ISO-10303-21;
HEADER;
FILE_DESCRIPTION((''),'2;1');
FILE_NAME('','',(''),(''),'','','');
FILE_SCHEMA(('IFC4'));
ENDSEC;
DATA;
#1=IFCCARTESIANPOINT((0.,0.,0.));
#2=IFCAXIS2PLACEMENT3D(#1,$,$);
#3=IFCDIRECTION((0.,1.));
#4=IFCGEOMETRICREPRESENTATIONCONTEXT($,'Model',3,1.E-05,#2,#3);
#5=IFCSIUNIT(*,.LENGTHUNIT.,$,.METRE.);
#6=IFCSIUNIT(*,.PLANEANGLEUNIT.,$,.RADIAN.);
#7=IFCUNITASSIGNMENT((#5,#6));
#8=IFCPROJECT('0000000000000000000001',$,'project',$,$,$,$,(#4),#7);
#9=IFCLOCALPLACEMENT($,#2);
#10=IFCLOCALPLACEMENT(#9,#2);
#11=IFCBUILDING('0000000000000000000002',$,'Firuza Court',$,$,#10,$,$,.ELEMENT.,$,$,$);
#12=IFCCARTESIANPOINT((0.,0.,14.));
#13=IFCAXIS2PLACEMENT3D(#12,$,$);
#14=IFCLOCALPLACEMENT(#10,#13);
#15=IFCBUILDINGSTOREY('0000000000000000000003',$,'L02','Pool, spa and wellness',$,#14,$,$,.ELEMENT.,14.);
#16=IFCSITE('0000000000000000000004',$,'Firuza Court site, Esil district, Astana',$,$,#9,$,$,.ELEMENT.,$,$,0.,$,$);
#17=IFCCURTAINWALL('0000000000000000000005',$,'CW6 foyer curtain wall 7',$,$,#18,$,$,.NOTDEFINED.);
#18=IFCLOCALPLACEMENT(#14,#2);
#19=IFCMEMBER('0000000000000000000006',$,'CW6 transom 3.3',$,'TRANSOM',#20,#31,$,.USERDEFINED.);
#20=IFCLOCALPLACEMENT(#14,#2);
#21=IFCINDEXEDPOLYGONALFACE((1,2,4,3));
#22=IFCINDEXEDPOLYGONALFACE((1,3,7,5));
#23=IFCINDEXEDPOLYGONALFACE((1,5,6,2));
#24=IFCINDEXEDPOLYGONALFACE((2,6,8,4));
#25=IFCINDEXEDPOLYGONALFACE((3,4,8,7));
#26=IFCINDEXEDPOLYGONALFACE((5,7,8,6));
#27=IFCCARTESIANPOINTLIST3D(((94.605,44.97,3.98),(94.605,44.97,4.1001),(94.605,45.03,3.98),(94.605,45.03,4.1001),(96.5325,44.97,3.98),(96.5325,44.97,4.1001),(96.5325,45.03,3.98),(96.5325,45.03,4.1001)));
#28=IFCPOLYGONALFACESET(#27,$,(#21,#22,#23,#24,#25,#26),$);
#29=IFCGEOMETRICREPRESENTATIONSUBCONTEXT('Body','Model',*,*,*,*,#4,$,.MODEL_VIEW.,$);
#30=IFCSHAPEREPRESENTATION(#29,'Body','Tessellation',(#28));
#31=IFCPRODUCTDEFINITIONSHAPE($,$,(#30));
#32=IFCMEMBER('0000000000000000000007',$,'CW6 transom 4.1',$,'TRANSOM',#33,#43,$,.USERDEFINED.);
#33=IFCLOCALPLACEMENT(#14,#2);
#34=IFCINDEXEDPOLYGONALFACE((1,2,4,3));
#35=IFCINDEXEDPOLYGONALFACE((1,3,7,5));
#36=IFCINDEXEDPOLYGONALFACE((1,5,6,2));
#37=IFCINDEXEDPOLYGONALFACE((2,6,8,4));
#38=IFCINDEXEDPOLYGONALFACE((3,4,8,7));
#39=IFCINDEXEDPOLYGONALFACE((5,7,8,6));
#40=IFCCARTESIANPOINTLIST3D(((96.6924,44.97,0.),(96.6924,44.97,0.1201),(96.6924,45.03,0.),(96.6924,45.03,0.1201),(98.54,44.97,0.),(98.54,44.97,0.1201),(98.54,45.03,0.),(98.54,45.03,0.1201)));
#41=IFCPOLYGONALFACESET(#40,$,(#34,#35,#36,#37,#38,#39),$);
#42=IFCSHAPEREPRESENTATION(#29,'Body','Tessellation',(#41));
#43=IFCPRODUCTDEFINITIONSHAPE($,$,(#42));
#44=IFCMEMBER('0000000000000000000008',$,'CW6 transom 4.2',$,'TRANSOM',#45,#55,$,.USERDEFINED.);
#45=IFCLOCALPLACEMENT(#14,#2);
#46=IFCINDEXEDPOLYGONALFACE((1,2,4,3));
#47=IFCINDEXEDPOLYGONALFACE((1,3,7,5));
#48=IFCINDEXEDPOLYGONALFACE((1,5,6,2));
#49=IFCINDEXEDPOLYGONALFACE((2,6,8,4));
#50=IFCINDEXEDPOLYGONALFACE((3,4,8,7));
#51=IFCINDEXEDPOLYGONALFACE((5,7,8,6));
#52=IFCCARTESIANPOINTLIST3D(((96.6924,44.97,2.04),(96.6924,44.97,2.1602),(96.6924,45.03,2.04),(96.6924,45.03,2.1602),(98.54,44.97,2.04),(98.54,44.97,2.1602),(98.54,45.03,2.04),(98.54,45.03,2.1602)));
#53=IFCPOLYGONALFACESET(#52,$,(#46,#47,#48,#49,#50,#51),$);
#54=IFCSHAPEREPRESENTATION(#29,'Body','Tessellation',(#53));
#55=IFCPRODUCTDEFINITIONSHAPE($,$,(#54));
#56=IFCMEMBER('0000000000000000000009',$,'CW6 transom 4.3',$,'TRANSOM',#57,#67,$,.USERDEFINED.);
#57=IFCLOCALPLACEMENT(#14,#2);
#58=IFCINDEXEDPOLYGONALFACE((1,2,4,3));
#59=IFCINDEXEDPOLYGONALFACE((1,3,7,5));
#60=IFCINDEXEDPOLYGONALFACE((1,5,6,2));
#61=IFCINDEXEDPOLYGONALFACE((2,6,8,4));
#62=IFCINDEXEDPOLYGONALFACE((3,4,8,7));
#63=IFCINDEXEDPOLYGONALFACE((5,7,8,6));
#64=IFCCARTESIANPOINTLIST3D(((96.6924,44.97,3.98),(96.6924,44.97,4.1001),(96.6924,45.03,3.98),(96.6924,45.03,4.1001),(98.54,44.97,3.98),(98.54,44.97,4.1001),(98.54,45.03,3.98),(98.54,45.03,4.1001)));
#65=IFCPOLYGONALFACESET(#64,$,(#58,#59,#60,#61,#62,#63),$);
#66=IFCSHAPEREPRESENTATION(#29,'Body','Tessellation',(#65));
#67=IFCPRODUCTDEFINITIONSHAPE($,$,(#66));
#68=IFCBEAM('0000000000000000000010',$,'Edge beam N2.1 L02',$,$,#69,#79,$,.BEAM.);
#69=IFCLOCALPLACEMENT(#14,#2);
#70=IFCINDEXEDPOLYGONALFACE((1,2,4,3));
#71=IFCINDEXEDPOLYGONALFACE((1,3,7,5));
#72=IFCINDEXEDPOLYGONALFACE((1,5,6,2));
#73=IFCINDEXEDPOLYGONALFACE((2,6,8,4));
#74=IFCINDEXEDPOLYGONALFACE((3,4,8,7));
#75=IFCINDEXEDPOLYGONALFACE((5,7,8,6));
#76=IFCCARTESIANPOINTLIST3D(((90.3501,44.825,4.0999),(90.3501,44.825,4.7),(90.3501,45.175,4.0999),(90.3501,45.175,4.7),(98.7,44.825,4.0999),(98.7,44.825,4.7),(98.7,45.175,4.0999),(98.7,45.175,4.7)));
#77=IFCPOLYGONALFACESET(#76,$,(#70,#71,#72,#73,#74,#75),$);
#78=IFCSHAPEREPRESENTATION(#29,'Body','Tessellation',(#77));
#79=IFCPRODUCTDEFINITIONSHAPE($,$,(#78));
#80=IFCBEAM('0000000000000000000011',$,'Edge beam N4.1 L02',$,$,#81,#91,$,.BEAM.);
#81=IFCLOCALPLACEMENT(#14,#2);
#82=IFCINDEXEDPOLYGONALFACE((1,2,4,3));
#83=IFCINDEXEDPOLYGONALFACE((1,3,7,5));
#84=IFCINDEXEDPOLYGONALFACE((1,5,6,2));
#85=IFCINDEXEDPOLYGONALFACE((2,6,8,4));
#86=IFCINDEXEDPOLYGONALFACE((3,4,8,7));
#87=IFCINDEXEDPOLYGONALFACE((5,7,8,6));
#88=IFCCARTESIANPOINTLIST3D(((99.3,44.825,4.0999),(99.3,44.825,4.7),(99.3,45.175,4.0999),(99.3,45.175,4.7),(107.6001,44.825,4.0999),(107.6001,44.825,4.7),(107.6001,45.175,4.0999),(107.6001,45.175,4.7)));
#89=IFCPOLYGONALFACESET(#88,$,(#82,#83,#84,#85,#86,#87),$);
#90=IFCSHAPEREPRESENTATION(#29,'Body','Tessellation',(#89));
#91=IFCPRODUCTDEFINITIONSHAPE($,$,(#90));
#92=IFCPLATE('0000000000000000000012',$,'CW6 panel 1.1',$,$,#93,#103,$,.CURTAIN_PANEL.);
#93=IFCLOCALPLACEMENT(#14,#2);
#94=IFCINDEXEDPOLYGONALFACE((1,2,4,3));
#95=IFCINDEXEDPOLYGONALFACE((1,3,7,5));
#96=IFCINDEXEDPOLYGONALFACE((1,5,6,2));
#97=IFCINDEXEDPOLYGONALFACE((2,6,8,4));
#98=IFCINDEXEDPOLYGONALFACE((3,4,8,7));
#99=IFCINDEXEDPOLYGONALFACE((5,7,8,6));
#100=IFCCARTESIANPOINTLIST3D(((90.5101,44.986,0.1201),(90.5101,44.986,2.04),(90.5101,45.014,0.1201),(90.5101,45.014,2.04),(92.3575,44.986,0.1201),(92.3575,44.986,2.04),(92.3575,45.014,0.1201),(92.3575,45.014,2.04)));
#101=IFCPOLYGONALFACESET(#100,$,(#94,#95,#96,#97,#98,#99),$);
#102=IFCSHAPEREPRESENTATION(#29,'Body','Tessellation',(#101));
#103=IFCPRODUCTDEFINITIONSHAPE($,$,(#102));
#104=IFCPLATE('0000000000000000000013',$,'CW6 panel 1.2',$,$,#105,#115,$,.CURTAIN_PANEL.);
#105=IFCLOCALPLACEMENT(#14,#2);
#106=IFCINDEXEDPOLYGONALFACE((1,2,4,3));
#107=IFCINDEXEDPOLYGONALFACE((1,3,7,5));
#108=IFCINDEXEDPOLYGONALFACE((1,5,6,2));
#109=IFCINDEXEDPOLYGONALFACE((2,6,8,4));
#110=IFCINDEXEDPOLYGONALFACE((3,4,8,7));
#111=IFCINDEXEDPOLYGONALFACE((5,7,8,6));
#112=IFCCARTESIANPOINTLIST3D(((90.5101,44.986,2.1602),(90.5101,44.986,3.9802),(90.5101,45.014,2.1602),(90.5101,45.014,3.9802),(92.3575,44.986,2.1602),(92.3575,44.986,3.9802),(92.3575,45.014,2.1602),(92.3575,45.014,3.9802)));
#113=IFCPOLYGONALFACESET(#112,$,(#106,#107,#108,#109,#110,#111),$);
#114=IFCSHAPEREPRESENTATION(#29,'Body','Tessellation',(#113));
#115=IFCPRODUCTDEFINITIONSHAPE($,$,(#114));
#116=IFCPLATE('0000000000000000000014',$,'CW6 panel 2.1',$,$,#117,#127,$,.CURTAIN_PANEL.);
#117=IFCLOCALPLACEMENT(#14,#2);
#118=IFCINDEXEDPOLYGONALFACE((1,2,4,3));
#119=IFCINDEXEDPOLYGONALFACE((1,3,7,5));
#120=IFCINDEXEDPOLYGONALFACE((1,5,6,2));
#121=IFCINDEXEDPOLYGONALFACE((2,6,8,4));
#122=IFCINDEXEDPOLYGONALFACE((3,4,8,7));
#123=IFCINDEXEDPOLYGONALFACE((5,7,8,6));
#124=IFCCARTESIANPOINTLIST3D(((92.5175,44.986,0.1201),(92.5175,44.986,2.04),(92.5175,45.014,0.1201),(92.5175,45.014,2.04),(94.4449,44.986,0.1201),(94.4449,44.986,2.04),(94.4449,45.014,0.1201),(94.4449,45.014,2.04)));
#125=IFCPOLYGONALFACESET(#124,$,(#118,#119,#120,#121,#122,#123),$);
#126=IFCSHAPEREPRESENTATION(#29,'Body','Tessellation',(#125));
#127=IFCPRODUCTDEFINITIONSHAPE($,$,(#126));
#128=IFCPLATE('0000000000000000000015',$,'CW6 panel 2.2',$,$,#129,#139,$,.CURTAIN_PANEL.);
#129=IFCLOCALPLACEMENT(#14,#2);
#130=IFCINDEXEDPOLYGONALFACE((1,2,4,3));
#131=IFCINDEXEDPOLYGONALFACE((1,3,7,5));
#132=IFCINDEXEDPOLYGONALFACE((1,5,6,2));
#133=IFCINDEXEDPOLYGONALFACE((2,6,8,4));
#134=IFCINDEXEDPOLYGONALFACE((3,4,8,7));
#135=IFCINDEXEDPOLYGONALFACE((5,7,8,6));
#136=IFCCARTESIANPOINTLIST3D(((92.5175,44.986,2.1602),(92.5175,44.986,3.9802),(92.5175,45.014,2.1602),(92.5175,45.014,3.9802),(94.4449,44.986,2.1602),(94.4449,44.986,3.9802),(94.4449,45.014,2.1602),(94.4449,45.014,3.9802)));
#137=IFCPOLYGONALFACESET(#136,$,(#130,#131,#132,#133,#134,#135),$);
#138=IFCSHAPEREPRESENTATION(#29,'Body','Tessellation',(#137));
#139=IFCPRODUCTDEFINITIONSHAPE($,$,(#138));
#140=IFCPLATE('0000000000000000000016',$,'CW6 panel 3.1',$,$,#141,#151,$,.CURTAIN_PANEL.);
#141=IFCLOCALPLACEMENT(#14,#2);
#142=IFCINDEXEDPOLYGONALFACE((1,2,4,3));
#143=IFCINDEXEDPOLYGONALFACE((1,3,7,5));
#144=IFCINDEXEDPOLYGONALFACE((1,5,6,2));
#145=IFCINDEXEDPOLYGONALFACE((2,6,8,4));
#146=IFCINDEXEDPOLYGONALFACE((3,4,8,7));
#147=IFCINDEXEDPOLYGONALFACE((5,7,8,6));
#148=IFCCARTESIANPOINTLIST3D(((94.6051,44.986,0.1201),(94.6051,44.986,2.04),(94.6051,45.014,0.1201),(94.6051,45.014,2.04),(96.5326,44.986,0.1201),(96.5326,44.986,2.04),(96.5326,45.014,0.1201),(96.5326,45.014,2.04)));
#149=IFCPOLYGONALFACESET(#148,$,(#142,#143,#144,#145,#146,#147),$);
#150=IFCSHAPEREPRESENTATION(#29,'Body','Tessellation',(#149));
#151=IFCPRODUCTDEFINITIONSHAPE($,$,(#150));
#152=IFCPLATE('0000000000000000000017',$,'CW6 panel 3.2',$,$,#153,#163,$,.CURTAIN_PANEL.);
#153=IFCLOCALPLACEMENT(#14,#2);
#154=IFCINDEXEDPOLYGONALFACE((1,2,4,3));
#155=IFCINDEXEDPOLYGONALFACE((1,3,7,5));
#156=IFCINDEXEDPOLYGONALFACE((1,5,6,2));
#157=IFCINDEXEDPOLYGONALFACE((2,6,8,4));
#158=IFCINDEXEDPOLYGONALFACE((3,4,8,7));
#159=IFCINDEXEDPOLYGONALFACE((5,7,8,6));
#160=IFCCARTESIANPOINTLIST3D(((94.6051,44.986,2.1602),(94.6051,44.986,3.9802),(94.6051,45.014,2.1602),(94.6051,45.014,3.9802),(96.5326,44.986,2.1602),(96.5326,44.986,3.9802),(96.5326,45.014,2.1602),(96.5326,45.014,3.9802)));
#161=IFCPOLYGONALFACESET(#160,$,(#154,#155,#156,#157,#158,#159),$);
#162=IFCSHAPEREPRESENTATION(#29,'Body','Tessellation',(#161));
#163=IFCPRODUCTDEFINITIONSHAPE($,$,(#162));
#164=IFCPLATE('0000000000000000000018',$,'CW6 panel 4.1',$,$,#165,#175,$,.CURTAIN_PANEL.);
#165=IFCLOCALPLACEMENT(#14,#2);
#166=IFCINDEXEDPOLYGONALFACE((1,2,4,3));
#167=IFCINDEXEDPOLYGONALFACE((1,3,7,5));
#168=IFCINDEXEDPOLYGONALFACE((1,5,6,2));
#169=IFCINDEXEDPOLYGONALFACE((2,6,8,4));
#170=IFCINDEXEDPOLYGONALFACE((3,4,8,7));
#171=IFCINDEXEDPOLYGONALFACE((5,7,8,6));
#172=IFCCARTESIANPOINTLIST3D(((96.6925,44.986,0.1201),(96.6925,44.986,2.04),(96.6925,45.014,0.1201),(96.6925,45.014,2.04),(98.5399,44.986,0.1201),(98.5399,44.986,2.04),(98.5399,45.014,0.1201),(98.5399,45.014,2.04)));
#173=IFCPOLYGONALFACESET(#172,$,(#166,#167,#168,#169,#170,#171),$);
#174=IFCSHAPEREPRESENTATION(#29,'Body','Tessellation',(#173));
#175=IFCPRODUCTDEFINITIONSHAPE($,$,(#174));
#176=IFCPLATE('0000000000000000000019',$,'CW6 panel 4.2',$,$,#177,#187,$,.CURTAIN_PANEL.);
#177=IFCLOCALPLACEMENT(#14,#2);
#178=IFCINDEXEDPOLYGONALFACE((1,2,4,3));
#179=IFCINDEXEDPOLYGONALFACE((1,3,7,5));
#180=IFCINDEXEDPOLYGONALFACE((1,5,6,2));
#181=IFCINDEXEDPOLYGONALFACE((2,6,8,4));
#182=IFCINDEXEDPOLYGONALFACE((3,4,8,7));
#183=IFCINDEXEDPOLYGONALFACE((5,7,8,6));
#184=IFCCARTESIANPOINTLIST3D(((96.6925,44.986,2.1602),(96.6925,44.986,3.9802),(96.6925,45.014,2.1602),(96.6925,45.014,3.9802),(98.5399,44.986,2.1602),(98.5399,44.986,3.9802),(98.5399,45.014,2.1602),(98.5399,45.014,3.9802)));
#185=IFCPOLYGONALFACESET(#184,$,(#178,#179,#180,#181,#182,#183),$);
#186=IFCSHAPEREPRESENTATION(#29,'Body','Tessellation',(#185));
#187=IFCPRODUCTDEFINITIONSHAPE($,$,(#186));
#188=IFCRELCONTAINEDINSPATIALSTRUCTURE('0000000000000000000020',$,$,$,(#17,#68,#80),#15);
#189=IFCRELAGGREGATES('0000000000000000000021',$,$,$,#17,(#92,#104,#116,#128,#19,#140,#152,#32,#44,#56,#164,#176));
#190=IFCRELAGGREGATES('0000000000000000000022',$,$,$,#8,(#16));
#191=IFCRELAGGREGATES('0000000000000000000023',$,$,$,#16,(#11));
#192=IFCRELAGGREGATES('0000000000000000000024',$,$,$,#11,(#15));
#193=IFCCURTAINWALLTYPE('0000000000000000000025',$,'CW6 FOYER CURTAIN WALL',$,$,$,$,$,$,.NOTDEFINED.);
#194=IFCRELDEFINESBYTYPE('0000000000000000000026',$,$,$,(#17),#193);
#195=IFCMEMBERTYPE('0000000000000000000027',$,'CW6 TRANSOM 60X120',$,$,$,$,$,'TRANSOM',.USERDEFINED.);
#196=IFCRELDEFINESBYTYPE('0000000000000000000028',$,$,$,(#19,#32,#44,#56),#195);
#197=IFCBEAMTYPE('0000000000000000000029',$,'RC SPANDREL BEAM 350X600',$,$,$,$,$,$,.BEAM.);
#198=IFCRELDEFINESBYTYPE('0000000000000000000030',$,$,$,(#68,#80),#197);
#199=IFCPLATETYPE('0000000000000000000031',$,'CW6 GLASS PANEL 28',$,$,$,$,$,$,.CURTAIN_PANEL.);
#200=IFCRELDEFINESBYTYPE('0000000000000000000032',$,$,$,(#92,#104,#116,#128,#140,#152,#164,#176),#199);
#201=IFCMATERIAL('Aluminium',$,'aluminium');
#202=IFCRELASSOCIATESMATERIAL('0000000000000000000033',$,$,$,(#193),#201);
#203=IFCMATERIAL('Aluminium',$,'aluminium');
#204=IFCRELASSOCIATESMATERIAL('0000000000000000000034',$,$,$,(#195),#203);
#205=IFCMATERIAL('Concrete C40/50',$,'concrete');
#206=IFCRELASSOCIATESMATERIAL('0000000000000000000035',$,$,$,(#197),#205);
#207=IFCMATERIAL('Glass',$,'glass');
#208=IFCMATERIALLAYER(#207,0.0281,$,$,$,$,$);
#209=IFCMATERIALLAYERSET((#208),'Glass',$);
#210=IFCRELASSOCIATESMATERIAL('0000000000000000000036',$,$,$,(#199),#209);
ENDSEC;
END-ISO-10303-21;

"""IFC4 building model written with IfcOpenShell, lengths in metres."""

from ifc_helpers import new_model, si_unit, direction, frame, origin, origin_2d, place, context, subcontext, project, spatial, rectangle, extrude, material, layer, layer_set, material_profile, profile_set, type_object, element, aggregate, save


model = new_model("IFC4")

# Units and contexts
model_context = context("Model", 3, precision=1e-05, world=origin(), true_north=direction((0.0, 1.0)))
body_context = subcontext(model_context, "Body", "Model", "MODEL_VIEW")
ifc_project = project(units=[si_unit("LENGTHUNIT", "METRE"), si_unit("PLANEANGLEUNIT", "RADIAN")], contexts=[model_context])

# Site, building, storey
site_placement = place(None, origin())
site = spatial("IfcSite", under=ifc_project, at=site_placement, Name="Firuza Court site, Esil district, Astana", CompositionType="ELEMENT", RefElevation=0.0)
building_placement = place(site_placement, origin())
building = spatial("IfcBuilding", under=site, at=building_placement, Name="Firuza Court", CompositionType="ELEMENT")
storey_placement = place(building_placement, frame((0.0, 0.0, 14.0)))
storey = spatial("IfcBuildingStorey", under=building, at=storey_placement, Name="L02", Description="Pool, spa and wellness", CompositionType="ELEMENT", Elevation=14.0)

# Curtain wall, members
ifc_material_1 = material(Name="Aluminium", Category="aluminium")
curtain_wall_type = type_object("IfcCurtainWallType", Name="CW6 FOYER CURTAIN WALL", PredefinedType="NOTDEFINED", material=ifc_material_1)
curtain_wall_placement = place(storey_placement, origin())
curtain_wall = element("IfcCurtainWall", 1, at=curtain_wall_placement, inside=storey, type_object=curtain_wall_type, Name="CW6 foyer curtain wall 7", PredefinedType="NOTDEFINED")
ifc_material_2 = material(Name="Aluminium", Category="aluminium")
ifc_material_profile_1 = material_profile(ifc_material_2, rectangle(XDim=0.0601, YDim=0.1201, at=origin_2d()), Name="TRANSOM 60X120")
ifc_profile_set_1 = profile_set([ifc_material_profile_1], Name="Aluminium")
member_type_1 = type_object("IfcMemberType", Name="CW6 TRANSOM 60X120", ElementType="TRANSOM", PredefinedType="USERDEFINED", material=ifc_profile_set_1)
member_1_placement = place(storey_placement, frame((94.605, 45.0, 4.04), z_axis=(1.0, 0.0, 0.0), x_axis=(0.0, 1.0, 0.0)))
member_1 = element("IfcMember", 2, at=member_1_placement, type_object=member_type_1, Name="CW6 transom 3.3", ObjectType="TRANSOM", PredefinedType="USERDEFINED", context=body_context, shape_type="SweptSolid", body=[
    extrude(rectangle(XDim=0.0601, YDim=0.1201, at=origin_2d()), origin(), (0.0, 0.0, 1.0), 1.9275),
])
member_2_placement = place(storey_placement, frame((96.6924, 45.0, 0.0601), z_axis=(1.0, 0.0, 0.0), x_axis=(0.0, 1.0, 0.0)))
member_2 = element("IfcMember", 3, at=member_2_placement, type_object=member_type_1, Name="CW6 transom 4.1", ObjectType="TRANSOM", PredefinedType="USERDEFINED", context=body_context, shape_type="SweptSolid", body=[
    extrude(rectangle(XDim=0.0601, YDim=0.1201, at=origin_2d()), origin(), (0.0, 0.0, 1.0), 1.8477),
])
member_3_placement = place(storey_placement, frame((96.6924, 45.0, 2.1001), z_axis=(1.0, 0.0, 0.0), x_axis=(0.0, 1.0, 0.0)))
member_3 = element("IfcMember", 4, at=member_3_placement, type_object=member_type_1, Name="CW6 transom 4.2", ObjectType="TRANSOM", PredefinedType="USERDEFINED", context=body_context, shape_type="SweptSolid", body=[
    extrude(rectangle(XDim=0.0601, YDim=0.1201, at=origin_2d()), origin(), (0.0, 0.0, 1.0), 1.8477),
])
member_4_placement = place(storey_placement, frame((96.6924, 45.0, 4.04), z_axis=(1.0, 0.0, 0.0), x_axis=(0.0, 1.0, 0.0)))
member_4 = element("IfcMember", 5, at=member_4_placement, type_object=member_type_1, Name="CW6 transom 4.3", ObjectType="TRANSOM", PredefinedType="USERDEFINED", context=body_context, shape_type="SweptSolid", body=[
    extrude(rectangle(XDim=0.0601, YDim=0.1201, at=origin_2d()), origin(), (0.0, 0.0, 1.0), 1.8477),
])

# Beams
ifc_material_3 = material(Name="Concrete C40/50", Category="concrete")
ifc_material_profile_2 = material_profile(ifc_material_3, rectangle(XDim=0.3501, YDim=0.6001, at=origin_2d()), Name="RC 350X600")
ifc_profile_set_2 = profile_set([ifc_material_profile_2], Name="Concrete C40/50")
beam_type = type_object("IfcBeamType", Name="RC SPANDREL BEAM 350X600", PredefinedType="BEAM", material=ifc_profile_set_2)
beam_1_placement = place(storey_placement, frame((90.3501, 45.0, 4.3999), z_axis=(1.0, 0.0, 0.0), x_axis=(0.0, 1.0, 0.0)))
element("IfcBeam", 6, at=beam_1_placement, inside=storey, type_object=beam_type, Name="Edge beam N2.1 L02", PredefinedType="BEAM", context=body_context, shape_type="SweptSolid", body=[
    extrude(rectangle(XDim=0.3501, YDim=0.6001, at=origin_2d()), origin(), (0.0, 0.0, 1.0), 8.3499),
])
beam_2_placement = place(storey_placement, frame((99.3, 45.0, 4.3999), z_axis=(1.0, 0.0, 0.0), x_axis=(0.0, 1.0, 0.0)))
element("IfcBeam", 7, at=beam_2_placement, inside=storey, type_object=beam_type, Name="Edge beam N4.1 L02", PredefinedType="BEAM", context=body_context, shape_type="SweptSolid", body=[
    extrude(rectangle(XDim=0.3501, YDim=0.6001, at=origin_2d()), origin(), (0.0, 0.0, 1.0), 8.3),
])

# Plates
ifc_material_4 = material(Name="Glass", Category="glass")
ifc_layer = layer(ifc_material_4, 0.0281)
ifc_layer_set = layer_set([ifc_layer], Name="Glass")
plate_type = type_object("IfcPlateType", Name="CW6 GLASS PANEL 28", PredefinedType="CURTAIN_PANEL", material=ifc_layer_set)
plate_1_placement = place(storey_placement, frame((91.4338, 45.0, 0.1201), z_axis=(0.0, 0.0, 1.0), x_axis=(1.0, 0.0, 0.0)))
plate_1 = element("IfcPlate", 8, at=plate_1_placement, type_object=plate_type, Name="CW6 panel 1.1", PredefinedType="CURTAIN_PANEL", context=body_context, shape_type="SweptSolid", body=[
    extrude(rectangle(XDim=1.8474, YDim=0.0281, at=origin_2d()), origin(), (0.0, 0.0, 1.0), 1.9199),
])
plate_2_placement = place(storey_placement, frame((91.4338, 45.0, 2.1602), z_axis=(0.0, 0.0, 1.0), x_axis=(1.0, 0.0, 0.0)))
plate_2 = element("IfcPlate", 9, at=plate_2_placement, type_object=plate_type, Name="CW6 panel 1.2", PredefinedType="CURTAIN_PANEL", context=body_context, shape_type="SweptSolid", body=[
    extrude(rectangle(XDim=1.8474, YDim=0.0281, at=origin_2d()), origin(), (0.0, 0.0, 1.0), 1.8201),
])
plate_3_placement = place(storey_placement, frame((93.4812, 45.0, 0.1201), z_axis=(0.0, 0.0, 1.0), x_axis=(1.0, 0.0, 0.0)))
plate_3 = element("IfcPlate", 10, at=plate_3_placement, type_object=plate_type, Name="CW6 panel 2.1", PredefinedType="CURTAIN_PANEL", context=body_context, shape_type="SweptSolid", body=[
    extrude(rectangle(XDim=1.9275, YDim=0.0281, at=origin_2d()), origin(), (0.0, 0.0, 1.0), 1.9199),
])
plate_4_placement = place(storey_placement, frame((93.4812, 45.0, 2.1602), z_axis=(0.0, 0.0, 1.0), x_axis=(1.0, 0.0, 0.0)))
plate_4 = element("IfcPlate", 11, at=plate_4_placement, type_object=plate_type, Name="CW6 panel 2.2", PredefinedType="CURTAIN_PANEL", context=body_context, shape_type="SweptSolid", body=[
    extrude(rectangle(XDim=1.9275, YDim=0.0281, at=origin_2d()), origin(), (0.0, 0.0, 1.0), 1.8201),
])
plate_5_placement = place(storey_placement, frame((95.5688, 45.0, 0.1201), z_axis=(0.0, 0.0, 1.0), x_axis=(1.0, 0.0, 0.0)))
plate_5 = element("IfcPlate", 12, at=plate_5_placement, type_object=plate_type, Name="CW6 panel 3.1", PredefinedType="CURTAIN_PANEL", context=body_context, shape_type="SweptSolid", body=[
    extrude(rectangle(XDim=1.9275, YDim=0.0281, at=origin_2d()), origin(), (0.0, 0.0, 1.0), 1.9199),
])
plate_6_placement = place(storey_placement, frame((95.5688, 45.0, 2.1602), z_axis=(0.0, 0.0, 1.0), x_axis=(1.0, 0.0, 0.0)))
plate_6 = element("IfcPlate", 13, at=plate_6_placement, type_object=plate_type, Name="CW6 panel 3.2", PredefinedType="CURTAIN_PANEL", context=body_context, shape_type="SweptSolid", body=[
    extrude(rectangle(XDim=1.9275, YDim=0.0281, at=origin_2d()), origin(), (0.0, 0.0, 1.0), 1.8201),
])
plate_7_placement = place(storey_placement, frame((97.6162, 45.0, 0.1201), z_axis=(0.0, 0.0, 1.0), x_axis=(1.0, 0.0, 0.0)))
plate_7 = element("IfcPlate", 14, at=plate_7_placement, type_object=plate_type, Name="CW6 panel 4.1", PredefinedType="CURTAIN_PANEL", context=body_context, shape_type="SweptSolid", body=[
    extrude(rectangle(XDim=1.8474, YDim=0.0281, at=origin_2d()), origin(), (0.0, 0.0, 1.0), 1.9199),
])
plate_8_placement = place(storey_placement, frame((97.6162, 45.0, 2.1602), z_axis=(0.0, 0.0, 1.0), x_axis=(1.0, 0.0, 0.0)))
plate_8 = element("IfcPlate", 15, at=plate_8_placement, type_object=plate_type, Name="CW6 panel 4.2", PredefinedType="CURTAIN_PANEL", context=body_context, shape_type="SweptSolid", body=[
    extrude(rectangle(XDim=1.8474, YDim=0.0281, at=origin_2d()), origin(), (0.0, 0.0, 1.0), 1.8201),
])
aggregate(curtain_wall, [plate_1, plate_2, plate_3, plate_4, member_1, plate_5, plate_6, member_2, member_3, member_4, plate_7, plate_8])

save(model, "model.ifc")
